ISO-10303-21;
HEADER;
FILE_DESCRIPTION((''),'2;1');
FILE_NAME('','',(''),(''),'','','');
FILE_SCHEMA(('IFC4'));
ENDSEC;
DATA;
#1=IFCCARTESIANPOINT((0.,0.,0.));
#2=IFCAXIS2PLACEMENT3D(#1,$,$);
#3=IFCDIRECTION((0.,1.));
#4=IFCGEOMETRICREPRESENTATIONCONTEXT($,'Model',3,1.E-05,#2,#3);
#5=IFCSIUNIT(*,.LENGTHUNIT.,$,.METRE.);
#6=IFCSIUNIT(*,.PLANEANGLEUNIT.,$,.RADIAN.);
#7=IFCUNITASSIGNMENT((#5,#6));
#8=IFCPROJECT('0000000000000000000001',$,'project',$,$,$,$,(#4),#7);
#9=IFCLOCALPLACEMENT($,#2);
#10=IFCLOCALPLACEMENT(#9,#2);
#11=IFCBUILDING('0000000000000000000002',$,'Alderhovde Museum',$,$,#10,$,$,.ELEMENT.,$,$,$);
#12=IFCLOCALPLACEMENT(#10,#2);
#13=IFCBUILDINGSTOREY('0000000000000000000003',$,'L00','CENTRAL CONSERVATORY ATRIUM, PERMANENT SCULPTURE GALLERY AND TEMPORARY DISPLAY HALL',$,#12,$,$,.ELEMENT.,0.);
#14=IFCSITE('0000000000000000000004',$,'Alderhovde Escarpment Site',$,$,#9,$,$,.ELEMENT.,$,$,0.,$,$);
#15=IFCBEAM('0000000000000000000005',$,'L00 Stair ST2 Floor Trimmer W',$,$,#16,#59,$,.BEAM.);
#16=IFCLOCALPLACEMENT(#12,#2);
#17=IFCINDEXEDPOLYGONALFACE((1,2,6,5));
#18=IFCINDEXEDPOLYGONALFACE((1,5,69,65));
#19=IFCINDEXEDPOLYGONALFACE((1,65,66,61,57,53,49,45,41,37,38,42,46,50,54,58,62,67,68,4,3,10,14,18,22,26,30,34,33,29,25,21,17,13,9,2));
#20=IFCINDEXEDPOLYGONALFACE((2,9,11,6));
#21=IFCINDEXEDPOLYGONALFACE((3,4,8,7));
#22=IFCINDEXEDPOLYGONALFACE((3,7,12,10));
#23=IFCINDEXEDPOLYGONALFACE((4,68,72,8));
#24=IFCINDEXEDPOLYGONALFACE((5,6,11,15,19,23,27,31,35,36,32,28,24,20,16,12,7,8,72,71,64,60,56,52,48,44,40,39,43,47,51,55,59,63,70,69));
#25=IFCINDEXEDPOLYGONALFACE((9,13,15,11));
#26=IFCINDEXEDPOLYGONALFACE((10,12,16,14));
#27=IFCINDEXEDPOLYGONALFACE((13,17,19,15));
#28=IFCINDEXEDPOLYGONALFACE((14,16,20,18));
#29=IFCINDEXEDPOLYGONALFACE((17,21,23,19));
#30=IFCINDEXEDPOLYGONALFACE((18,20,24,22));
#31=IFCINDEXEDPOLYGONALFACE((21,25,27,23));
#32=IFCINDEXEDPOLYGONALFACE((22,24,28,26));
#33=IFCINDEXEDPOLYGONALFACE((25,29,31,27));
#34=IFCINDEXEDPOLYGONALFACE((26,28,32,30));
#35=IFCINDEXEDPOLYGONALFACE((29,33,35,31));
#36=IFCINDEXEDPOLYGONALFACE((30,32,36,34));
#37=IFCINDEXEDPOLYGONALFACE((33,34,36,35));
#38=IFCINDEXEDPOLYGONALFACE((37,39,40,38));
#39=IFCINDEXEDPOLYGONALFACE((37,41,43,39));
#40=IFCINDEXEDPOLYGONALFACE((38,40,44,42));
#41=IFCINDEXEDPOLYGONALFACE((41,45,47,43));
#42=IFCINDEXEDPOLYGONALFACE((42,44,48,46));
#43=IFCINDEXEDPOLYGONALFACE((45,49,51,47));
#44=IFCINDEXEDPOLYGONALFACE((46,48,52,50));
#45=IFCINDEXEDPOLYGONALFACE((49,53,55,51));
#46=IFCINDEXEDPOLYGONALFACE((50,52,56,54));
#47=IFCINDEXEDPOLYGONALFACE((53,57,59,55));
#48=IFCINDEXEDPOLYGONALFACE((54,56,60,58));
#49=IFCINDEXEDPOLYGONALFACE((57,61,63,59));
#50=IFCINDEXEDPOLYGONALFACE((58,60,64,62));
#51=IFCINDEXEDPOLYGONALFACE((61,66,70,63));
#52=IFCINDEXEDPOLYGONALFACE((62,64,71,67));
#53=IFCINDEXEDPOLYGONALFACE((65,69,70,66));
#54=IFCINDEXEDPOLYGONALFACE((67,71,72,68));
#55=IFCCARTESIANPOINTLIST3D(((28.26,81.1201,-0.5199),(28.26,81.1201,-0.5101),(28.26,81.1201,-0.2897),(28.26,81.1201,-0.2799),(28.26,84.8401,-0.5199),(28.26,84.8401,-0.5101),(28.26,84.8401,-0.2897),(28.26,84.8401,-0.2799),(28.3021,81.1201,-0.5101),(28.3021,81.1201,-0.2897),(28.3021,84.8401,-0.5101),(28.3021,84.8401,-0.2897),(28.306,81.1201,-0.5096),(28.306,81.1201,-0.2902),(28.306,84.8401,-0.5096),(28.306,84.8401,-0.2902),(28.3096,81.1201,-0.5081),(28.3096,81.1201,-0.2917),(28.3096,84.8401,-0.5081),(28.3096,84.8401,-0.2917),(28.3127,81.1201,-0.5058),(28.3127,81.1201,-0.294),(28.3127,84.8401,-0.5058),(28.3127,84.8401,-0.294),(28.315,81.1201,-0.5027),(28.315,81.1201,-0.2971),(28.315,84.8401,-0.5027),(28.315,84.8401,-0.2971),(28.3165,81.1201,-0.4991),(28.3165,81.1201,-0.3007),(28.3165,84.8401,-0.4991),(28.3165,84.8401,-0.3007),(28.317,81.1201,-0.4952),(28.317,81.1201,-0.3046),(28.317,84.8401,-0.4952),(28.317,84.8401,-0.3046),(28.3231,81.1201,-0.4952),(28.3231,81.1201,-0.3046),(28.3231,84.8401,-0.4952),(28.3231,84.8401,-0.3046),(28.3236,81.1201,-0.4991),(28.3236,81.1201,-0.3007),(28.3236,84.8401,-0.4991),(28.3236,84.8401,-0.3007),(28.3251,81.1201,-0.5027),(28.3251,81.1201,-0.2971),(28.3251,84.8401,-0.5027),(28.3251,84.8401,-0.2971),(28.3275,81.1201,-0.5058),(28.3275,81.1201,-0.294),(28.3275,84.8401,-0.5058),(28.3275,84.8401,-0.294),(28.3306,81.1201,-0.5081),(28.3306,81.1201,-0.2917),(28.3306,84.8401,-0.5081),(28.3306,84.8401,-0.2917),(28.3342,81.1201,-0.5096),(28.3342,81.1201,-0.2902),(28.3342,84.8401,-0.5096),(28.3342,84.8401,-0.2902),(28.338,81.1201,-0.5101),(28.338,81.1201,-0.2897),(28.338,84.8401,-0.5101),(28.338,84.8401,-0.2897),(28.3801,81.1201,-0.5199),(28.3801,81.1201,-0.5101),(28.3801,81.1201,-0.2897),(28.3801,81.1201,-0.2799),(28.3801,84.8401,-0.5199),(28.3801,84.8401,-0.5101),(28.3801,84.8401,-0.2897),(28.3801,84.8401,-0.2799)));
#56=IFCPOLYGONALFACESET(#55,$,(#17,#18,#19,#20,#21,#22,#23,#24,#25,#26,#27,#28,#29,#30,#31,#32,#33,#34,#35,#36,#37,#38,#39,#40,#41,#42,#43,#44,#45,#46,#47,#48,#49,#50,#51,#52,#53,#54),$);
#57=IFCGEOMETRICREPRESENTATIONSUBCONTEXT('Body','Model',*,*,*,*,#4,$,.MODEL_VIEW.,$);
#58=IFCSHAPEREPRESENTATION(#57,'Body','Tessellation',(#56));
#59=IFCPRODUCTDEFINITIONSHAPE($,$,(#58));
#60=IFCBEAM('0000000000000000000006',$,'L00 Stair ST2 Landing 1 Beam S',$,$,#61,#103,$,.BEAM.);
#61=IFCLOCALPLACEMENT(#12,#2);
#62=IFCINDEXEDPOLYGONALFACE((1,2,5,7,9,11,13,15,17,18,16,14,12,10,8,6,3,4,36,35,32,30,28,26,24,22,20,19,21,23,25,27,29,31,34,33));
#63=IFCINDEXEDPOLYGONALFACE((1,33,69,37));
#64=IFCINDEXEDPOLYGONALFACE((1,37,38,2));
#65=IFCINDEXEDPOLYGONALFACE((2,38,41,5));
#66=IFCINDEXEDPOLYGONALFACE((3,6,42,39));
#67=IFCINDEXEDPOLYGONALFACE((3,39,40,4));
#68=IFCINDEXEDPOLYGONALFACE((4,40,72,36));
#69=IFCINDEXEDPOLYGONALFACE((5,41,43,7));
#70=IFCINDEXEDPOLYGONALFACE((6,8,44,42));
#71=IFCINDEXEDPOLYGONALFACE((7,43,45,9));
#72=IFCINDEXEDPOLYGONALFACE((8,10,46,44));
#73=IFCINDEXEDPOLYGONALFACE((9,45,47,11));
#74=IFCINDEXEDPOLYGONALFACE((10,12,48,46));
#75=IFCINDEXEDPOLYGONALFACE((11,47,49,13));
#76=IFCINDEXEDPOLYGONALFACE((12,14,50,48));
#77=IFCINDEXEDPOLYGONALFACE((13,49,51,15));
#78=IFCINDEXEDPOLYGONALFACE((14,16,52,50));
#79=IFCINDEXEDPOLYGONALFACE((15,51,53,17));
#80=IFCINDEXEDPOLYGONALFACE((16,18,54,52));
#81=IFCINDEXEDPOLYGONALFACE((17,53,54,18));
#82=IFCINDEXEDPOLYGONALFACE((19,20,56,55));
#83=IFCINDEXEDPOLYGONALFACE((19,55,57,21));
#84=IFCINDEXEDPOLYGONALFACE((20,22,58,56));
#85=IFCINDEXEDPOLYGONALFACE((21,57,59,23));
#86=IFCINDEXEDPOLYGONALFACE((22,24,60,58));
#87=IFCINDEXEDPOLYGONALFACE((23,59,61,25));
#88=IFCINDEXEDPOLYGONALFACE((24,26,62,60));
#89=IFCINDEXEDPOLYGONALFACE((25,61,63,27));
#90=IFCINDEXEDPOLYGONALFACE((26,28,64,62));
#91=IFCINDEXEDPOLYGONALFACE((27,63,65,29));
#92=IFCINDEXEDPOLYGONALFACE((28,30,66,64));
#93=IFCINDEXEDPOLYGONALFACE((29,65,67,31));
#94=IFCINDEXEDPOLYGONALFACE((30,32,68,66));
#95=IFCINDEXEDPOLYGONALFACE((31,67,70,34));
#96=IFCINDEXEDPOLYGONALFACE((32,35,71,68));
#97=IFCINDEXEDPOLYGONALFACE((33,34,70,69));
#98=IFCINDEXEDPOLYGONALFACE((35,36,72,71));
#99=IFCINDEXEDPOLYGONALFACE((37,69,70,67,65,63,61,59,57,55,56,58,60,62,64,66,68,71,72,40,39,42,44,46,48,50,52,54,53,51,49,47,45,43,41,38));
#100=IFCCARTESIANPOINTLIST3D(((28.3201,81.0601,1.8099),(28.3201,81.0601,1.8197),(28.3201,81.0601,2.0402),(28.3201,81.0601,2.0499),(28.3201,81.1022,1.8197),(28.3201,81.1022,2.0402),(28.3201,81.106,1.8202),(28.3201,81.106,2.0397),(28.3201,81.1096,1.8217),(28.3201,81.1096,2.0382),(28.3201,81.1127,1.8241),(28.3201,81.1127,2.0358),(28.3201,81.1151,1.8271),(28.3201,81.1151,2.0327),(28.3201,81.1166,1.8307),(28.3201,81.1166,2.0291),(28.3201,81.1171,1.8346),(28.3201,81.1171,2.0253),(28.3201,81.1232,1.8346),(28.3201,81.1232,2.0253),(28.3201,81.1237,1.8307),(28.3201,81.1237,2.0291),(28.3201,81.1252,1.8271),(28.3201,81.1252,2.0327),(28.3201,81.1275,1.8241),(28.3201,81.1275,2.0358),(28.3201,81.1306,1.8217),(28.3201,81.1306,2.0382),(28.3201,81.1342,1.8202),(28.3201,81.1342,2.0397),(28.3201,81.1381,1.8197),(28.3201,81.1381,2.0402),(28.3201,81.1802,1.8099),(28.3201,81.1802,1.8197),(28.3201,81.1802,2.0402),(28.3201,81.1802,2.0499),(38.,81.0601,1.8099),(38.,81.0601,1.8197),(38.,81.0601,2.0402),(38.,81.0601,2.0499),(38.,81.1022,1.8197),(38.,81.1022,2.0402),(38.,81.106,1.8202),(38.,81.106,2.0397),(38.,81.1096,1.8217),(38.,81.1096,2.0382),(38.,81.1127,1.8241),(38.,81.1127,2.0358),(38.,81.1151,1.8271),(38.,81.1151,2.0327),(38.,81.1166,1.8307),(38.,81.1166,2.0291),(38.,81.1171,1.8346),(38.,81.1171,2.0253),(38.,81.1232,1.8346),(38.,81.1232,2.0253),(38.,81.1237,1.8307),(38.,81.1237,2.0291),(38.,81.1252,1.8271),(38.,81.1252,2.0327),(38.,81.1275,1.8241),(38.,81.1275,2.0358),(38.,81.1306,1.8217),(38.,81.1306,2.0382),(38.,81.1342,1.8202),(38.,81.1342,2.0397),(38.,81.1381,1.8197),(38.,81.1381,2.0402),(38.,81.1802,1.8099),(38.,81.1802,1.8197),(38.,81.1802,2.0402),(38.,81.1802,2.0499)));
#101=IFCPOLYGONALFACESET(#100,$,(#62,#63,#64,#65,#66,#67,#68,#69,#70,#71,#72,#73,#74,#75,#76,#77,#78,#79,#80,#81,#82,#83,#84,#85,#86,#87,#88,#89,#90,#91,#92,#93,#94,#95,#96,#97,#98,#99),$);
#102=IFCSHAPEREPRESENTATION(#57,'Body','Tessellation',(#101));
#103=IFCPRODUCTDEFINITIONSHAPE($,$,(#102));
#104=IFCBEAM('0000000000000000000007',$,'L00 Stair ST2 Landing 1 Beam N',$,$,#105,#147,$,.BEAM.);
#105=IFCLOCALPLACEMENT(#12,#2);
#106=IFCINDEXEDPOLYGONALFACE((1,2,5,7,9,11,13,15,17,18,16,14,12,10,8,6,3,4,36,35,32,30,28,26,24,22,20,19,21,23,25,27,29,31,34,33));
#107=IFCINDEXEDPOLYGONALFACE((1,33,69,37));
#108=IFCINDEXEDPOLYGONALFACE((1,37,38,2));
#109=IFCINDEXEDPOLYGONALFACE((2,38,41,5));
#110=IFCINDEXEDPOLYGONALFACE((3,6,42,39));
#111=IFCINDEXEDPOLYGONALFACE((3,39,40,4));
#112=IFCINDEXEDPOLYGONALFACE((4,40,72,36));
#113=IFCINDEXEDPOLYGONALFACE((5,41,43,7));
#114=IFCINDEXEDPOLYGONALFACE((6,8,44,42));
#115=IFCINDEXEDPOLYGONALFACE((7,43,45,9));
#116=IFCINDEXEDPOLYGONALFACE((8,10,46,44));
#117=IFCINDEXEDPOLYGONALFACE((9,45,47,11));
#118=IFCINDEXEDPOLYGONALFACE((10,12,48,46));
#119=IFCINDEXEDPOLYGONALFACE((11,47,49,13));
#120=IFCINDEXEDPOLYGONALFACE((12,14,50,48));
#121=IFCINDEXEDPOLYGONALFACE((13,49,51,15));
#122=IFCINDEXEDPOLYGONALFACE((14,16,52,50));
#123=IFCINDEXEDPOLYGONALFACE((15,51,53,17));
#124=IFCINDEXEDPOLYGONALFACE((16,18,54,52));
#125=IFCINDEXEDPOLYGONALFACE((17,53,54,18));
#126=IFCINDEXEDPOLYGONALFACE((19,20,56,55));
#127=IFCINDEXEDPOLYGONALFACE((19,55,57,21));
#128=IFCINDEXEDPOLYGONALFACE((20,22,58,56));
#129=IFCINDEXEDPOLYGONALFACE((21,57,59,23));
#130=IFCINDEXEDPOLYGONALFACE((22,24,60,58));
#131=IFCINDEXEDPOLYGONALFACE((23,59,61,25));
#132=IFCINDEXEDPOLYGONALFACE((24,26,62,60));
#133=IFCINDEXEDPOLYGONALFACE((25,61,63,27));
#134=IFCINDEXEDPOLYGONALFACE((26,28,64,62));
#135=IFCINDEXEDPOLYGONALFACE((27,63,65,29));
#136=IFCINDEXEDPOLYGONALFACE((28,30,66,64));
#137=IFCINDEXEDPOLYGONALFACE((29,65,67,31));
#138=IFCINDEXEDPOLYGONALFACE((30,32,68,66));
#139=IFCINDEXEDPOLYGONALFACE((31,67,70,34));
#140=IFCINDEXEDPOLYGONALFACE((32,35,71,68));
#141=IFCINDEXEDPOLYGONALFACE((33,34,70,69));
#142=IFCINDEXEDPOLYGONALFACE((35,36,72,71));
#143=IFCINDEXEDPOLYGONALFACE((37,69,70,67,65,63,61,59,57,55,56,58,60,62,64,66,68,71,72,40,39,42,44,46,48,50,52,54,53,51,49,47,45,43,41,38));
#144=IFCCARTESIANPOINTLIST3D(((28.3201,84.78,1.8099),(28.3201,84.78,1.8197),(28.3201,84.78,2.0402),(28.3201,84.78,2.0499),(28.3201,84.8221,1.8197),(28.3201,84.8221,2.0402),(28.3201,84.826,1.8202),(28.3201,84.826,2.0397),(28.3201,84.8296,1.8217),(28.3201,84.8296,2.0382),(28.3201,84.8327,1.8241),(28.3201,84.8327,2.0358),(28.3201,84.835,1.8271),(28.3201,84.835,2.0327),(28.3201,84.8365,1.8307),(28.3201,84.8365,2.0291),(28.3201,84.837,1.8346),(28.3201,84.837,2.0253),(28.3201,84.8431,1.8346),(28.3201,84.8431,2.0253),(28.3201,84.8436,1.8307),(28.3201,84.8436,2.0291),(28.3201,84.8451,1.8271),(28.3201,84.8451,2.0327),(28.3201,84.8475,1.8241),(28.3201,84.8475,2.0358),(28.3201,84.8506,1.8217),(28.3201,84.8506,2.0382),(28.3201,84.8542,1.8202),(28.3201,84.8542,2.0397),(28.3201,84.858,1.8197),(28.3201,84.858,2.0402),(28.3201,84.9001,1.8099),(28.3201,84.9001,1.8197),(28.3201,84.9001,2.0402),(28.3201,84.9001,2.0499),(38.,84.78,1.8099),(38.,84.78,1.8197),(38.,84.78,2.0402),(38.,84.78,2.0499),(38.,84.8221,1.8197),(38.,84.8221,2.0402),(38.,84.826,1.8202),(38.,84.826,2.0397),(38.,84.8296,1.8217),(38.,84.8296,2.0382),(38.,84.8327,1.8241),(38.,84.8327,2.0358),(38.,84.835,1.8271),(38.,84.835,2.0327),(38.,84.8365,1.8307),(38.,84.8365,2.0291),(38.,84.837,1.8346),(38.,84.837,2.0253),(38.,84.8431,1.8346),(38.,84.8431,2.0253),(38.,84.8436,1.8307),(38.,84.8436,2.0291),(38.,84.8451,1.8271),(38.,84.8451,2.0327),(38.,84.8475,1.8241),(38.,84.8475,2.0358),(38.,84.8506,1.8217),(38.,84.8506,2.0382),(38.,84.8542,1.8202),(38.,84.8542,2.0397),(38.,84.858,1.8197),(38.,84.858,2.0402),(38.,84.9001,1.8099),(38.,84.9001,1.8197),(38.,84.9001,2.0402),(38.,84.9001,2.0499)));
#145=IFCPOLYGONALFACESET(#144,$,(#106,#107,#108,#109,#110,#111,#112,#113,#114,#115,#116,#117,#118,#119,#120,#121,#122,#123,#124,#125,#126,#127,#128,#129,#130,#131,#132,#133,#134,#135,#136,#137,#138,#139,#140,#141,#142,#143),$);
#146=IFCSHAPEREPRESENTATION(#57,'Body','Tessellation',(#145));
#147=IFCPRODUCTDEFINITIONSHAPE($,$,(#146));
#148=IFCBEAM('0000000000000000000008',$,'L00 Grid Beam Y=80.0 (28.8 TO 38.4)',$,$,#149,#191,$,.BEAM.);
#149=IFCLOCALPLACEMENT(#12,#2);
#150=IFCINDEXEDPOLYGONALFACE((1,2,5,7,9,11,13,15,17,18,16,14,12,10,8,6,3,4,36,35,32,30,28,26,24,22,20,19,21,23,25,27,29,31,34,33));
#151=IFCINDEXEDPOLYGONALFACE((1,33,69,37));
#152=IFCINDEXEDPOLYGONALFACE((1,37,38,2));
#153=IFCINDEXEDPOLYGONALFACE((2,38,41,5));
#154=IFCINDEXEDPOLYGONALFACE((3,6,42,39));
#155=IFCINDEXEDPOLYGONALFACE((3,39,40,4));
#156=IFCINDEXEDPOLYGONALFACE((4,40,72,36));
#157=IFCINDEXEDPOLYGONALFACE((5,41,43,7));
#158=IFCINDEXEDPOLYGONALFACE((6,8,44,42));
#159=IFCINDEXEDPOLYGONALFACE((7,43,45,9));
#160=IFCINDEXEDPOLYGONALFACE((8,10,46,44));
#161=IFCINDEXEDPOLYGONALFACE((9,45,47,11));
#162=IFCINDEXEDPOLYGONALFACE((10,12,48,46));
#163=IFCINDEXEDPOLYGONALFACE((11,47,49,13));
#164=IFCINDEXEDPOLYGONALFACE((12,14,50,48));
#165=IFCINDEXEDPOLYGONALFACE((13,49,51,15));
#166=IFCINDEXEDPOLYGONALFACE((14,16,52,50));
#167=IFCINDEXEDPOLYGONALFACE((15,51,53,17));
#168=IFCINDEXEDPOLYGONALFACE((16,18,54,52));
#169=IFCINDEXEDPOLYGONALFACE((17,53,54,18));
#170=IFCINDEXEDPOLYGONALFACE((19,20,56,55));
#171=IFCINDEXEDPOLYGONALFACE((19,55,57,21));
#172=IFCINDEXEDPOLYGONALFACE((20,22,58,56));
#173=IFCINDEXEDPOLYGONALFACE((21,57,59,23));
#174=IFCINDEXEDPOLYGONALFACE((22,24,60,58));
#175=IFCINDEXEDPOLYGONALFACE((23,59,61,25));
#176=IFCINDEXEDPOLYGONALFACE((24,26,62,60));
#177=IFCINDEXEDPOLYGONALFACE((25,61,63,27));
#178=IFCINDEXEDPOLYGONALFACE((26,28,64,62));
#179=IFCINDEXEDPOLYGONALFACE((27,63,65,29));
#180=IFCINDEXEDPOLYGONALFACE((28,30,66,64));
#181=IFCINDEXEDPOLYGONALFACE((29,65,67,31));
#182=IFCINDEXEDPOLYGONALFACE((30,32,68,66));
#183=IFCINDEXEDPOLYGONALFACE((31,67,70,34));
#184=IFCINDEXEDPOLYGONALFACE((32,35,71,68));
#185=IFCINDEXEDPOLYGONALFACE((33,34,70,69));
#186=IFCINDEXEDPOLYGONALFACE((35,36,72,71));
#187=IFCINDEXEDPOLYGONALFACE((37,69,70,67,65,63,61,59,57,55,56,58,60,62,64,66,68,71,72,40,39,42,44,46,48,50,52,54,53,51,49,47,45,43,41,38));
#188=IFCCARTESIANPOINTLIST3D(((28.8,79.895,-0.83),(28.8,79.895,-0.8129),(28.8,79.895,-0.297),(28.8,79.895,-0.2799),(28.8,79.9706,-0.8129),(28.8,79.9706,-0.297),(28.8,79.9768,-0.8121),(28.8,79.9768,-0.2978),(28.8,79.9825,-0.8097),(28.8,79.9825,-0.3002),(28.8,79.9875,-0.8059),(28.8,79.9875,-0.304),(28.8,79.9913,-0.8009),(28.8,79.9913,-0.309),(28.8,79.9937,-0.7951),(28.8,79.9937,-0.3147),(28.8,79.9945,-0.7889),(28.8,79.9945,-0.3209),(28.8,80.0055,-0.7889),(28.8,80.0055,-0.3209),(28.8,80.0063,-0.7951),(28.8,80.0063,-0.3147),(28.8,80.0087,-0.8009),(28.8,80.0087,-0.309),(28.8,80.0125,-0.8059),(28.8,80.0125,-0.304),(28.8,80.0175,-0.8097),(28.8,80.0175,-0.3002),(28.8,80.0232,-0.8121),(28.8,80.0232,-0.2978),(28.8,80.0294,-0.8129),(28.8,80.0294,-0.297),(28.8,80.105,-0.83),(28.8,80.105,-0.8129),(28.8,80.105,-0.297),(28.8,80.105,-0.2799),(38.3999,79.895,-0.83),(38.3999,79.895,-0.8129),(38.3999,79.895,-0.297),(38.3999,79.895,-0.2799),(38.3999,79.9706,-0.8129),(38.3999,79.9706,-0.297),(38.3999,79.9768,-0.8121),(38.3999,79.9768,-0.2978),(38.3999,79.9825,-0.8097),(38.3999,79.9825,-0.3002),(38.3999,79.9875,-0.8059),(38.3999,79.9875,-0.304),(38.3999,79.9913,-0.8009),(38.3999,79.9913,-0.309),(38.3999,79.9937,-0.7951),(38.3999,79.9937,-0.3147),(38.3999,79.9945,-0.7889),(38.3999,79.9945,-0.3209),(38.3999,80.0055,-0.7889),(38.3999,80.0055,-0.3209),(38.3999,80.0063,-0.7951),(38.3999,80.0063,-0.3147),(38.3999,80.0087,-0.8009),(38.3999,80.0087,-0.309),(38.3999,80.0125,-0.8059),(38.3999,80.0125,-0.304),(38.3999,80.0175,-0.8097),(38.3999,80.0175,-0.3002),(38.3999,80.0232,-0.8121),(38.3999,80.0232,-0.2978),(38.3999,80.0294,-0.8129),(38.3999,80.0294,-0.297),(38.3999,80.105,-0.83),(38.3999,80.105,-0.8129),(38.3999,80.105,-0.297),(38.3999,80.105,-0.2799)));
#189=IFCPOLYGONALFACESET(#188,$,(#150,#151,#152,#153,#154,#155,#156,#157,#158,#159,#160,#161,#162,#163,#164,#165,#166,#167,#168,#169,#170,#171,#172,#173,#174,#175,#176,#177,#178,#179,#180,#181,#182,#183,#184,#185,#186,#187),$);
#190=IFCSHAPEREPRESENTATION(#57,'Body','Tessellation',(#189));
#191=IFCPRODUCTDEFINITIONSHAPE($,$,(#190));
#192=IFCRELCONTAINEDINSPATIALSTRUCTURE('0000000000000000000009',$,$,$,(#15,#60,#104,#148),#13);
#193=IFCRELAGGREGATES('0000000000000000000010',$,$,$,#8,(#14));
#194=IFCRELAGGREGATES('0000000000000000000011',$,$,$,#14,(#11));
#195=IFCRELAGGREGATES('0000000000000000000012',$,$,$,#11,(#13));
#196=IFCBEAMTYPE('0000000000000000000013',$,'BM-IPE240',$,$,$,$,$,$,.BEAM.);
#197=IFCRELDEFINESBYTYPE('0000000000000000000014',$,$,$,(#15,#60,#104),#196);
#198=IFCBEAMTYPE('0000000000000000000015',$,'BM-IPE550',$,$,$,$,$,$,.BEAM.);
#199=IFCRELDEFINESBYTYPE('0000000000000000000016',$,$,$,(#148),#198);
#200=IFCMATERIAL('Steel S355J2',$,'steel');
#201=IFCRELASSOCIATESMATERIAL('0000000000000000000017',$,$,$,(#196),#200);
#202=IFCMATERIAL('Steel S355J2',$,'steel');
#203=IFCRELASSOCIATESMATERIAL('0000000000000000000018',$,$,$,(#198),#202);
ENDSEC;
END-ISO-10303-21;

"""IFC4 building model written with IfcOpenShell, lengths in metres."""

from ifc_helpers import new_model, si_unit, direction, frame, origin, origin_2d, place, context, subcontext, project, spatial, i_section, extrude, material, material_profile, profile_set, type_object, element, save


model = new_model("IFC4")

# Units and contexts
model_context = context("Model", 3, precision=1e-05, world=origin(), true_north=direction((0.0, 1.0)))
body_context = subcontext(model_context, "Body", "Model", "MODEL_VIEW")
ifc_project = project(units=[si_unit("LENGTHUNIT", "METRE"), si_unit("PLANEANGLEUNIT", "RADIAN")], contexts=[model_context])

# Site, building, storey
site_placement = place(None, origin())
site = spatial("IfcSite", under=ifc_project, at=site_placement, Name="Alderhovde Escarpment Site", CompositionType="ELEMENT", RefElevation=0.0)
building_placement = place(site_placement, origin())
building = spatial("IfcBuilding", under=site, at=building_placement, Name="Alderhovde Museum", CompositionType="ELEMENT")
storey_placement = place(building_placement, origin())
storey = spatial("IfcBuildingStorey", under=building, at=storey_placement, Name="L00", Description="CENTRAL CONSERVATORY ATRIUM, PERMANENT SCULPTURE GALLERY AND TEMPORARY DISPLAY HALL", CompositionType="ELEMENT", Elevation=0.0)

# Beams
ifc_material_1 = material(Name="Steel S355J2", Category="steel")
ifc_material_profile_1 = material_profile(ifc_material_1, i_section(OverallWidth=0.1201, OverallDepth=0.24, WebThickness=0.0061, FlangeThickness=0.0098, FilletRadius=0.0149, at=origin_2d()), Name="IPE 240")
ifc_profile_set_1 = profile_set([ifc_material_profile_1], Name="Steel S355J2")
beam_type_1 = type_object("IfcBeamType", Name="BM-IPE240", PredefinedType="BEAM", material=ifc_profile_set_1)
beam_1_placement = place(storey_placement, frame((28.3201, 81.1201, -0.3999), z_axis=(0.0, 1.0, 0.0), x_axis=(-1.0, 0.0, 0.0)))
element("IfcBeam", 1, at=beam_1_placement, inside=storey, type_object=beam_type_1, Name="L00 Stair ST2 Floor Trimmer W", PredefinedType="BEAM", context=body_context, shape_type="SweptSolid", body=[
    extrude(i_section(OverallWidth=0.1201, OverallDepth=0.24, WebThickness=0.0061, FlangeThickness=0.0098, FilletRadius=0.0149, at=origin_2d()), origin(), (0.0, 0.0, 1.0), 3.72),
])
for number, where, z_axis, x_axis, name in (
    (2, (28.3201, 81.1201, 1.9299), (1.0, 0.0, 0.0), (0.0, 1.0, 0.0), "L00 Stair ST2 Landing 1 Beam S"),
    (3, (28.3201, 84.8401, 1.9299), (1.0, 0.0, 0.0), (0.0, 1.0, 0.0), "L00 Stair ST2 Landing 1 Beam N"),
):
    element("IfcBeam", number, at=place(storey_placement, frame(where, z_axis=z_axis, x_axis=x_axis)), inside=storey, type_object=beam_type_1, Name=name, PredefinedType="BEAM", context=body_context, shape_type="SweptSolid", body=[
        extrude(i_section(OverallWidth=0.1201, OverallDepth=0.24, WebThickness=0.0061, FlangeThickness=0.0098, FilletRadius=0.0149, at=origin_2d()), origin(), (0.0, 0.0, 1.0), 9.6799),
    ])
ifc_material_2 = material(Name="Steel S355J2", Category="steel")
ifc_material_profile_2 = material_profile(ifc_material_2, i_section(OverallWidth=0.21, OverallDepth=0.55, WebThickness=0.011, FlangeThickness=0.0171, FilletRadius=0.0239, at=origin_2d()), Name="IPE 550")
ifc_profile_set_2 = profile_set([ifc_material_profile_2], Name="Steel S355J2")
beam_type_2 = type_object("IfcBeamType", Name="BM-IPE550", PredefinedType="BEAM", material=ifc_profile_set_2)
beam_2_placement = place(storey_placement, frame((28.8, 80.0, -0.5549), z_axis=(1.0, 0.0, 0.0), x_axis=(0.0, 1.0, 0.0)))
element("IfcBeam", 4, at=beam_2_placement, inside=storey, type_object=beam_type_2, Name="L00 Grid Beam Y=80.0 (28.8 TO 38.4)", PredefinedType="BEAM", context=body_context, shape_type="SweptSolid", body=[
    extrude(i_section(OverallWidth=0.21, OverallDepth=0.55, WebThickness=0.011, FlangeThickness=0.0171, FilletRadius=0.0239, at=origin_2d()), origin(), (0.0, 0.0, 1.0), 9.5999),
])

save(model, "model.ifc")
